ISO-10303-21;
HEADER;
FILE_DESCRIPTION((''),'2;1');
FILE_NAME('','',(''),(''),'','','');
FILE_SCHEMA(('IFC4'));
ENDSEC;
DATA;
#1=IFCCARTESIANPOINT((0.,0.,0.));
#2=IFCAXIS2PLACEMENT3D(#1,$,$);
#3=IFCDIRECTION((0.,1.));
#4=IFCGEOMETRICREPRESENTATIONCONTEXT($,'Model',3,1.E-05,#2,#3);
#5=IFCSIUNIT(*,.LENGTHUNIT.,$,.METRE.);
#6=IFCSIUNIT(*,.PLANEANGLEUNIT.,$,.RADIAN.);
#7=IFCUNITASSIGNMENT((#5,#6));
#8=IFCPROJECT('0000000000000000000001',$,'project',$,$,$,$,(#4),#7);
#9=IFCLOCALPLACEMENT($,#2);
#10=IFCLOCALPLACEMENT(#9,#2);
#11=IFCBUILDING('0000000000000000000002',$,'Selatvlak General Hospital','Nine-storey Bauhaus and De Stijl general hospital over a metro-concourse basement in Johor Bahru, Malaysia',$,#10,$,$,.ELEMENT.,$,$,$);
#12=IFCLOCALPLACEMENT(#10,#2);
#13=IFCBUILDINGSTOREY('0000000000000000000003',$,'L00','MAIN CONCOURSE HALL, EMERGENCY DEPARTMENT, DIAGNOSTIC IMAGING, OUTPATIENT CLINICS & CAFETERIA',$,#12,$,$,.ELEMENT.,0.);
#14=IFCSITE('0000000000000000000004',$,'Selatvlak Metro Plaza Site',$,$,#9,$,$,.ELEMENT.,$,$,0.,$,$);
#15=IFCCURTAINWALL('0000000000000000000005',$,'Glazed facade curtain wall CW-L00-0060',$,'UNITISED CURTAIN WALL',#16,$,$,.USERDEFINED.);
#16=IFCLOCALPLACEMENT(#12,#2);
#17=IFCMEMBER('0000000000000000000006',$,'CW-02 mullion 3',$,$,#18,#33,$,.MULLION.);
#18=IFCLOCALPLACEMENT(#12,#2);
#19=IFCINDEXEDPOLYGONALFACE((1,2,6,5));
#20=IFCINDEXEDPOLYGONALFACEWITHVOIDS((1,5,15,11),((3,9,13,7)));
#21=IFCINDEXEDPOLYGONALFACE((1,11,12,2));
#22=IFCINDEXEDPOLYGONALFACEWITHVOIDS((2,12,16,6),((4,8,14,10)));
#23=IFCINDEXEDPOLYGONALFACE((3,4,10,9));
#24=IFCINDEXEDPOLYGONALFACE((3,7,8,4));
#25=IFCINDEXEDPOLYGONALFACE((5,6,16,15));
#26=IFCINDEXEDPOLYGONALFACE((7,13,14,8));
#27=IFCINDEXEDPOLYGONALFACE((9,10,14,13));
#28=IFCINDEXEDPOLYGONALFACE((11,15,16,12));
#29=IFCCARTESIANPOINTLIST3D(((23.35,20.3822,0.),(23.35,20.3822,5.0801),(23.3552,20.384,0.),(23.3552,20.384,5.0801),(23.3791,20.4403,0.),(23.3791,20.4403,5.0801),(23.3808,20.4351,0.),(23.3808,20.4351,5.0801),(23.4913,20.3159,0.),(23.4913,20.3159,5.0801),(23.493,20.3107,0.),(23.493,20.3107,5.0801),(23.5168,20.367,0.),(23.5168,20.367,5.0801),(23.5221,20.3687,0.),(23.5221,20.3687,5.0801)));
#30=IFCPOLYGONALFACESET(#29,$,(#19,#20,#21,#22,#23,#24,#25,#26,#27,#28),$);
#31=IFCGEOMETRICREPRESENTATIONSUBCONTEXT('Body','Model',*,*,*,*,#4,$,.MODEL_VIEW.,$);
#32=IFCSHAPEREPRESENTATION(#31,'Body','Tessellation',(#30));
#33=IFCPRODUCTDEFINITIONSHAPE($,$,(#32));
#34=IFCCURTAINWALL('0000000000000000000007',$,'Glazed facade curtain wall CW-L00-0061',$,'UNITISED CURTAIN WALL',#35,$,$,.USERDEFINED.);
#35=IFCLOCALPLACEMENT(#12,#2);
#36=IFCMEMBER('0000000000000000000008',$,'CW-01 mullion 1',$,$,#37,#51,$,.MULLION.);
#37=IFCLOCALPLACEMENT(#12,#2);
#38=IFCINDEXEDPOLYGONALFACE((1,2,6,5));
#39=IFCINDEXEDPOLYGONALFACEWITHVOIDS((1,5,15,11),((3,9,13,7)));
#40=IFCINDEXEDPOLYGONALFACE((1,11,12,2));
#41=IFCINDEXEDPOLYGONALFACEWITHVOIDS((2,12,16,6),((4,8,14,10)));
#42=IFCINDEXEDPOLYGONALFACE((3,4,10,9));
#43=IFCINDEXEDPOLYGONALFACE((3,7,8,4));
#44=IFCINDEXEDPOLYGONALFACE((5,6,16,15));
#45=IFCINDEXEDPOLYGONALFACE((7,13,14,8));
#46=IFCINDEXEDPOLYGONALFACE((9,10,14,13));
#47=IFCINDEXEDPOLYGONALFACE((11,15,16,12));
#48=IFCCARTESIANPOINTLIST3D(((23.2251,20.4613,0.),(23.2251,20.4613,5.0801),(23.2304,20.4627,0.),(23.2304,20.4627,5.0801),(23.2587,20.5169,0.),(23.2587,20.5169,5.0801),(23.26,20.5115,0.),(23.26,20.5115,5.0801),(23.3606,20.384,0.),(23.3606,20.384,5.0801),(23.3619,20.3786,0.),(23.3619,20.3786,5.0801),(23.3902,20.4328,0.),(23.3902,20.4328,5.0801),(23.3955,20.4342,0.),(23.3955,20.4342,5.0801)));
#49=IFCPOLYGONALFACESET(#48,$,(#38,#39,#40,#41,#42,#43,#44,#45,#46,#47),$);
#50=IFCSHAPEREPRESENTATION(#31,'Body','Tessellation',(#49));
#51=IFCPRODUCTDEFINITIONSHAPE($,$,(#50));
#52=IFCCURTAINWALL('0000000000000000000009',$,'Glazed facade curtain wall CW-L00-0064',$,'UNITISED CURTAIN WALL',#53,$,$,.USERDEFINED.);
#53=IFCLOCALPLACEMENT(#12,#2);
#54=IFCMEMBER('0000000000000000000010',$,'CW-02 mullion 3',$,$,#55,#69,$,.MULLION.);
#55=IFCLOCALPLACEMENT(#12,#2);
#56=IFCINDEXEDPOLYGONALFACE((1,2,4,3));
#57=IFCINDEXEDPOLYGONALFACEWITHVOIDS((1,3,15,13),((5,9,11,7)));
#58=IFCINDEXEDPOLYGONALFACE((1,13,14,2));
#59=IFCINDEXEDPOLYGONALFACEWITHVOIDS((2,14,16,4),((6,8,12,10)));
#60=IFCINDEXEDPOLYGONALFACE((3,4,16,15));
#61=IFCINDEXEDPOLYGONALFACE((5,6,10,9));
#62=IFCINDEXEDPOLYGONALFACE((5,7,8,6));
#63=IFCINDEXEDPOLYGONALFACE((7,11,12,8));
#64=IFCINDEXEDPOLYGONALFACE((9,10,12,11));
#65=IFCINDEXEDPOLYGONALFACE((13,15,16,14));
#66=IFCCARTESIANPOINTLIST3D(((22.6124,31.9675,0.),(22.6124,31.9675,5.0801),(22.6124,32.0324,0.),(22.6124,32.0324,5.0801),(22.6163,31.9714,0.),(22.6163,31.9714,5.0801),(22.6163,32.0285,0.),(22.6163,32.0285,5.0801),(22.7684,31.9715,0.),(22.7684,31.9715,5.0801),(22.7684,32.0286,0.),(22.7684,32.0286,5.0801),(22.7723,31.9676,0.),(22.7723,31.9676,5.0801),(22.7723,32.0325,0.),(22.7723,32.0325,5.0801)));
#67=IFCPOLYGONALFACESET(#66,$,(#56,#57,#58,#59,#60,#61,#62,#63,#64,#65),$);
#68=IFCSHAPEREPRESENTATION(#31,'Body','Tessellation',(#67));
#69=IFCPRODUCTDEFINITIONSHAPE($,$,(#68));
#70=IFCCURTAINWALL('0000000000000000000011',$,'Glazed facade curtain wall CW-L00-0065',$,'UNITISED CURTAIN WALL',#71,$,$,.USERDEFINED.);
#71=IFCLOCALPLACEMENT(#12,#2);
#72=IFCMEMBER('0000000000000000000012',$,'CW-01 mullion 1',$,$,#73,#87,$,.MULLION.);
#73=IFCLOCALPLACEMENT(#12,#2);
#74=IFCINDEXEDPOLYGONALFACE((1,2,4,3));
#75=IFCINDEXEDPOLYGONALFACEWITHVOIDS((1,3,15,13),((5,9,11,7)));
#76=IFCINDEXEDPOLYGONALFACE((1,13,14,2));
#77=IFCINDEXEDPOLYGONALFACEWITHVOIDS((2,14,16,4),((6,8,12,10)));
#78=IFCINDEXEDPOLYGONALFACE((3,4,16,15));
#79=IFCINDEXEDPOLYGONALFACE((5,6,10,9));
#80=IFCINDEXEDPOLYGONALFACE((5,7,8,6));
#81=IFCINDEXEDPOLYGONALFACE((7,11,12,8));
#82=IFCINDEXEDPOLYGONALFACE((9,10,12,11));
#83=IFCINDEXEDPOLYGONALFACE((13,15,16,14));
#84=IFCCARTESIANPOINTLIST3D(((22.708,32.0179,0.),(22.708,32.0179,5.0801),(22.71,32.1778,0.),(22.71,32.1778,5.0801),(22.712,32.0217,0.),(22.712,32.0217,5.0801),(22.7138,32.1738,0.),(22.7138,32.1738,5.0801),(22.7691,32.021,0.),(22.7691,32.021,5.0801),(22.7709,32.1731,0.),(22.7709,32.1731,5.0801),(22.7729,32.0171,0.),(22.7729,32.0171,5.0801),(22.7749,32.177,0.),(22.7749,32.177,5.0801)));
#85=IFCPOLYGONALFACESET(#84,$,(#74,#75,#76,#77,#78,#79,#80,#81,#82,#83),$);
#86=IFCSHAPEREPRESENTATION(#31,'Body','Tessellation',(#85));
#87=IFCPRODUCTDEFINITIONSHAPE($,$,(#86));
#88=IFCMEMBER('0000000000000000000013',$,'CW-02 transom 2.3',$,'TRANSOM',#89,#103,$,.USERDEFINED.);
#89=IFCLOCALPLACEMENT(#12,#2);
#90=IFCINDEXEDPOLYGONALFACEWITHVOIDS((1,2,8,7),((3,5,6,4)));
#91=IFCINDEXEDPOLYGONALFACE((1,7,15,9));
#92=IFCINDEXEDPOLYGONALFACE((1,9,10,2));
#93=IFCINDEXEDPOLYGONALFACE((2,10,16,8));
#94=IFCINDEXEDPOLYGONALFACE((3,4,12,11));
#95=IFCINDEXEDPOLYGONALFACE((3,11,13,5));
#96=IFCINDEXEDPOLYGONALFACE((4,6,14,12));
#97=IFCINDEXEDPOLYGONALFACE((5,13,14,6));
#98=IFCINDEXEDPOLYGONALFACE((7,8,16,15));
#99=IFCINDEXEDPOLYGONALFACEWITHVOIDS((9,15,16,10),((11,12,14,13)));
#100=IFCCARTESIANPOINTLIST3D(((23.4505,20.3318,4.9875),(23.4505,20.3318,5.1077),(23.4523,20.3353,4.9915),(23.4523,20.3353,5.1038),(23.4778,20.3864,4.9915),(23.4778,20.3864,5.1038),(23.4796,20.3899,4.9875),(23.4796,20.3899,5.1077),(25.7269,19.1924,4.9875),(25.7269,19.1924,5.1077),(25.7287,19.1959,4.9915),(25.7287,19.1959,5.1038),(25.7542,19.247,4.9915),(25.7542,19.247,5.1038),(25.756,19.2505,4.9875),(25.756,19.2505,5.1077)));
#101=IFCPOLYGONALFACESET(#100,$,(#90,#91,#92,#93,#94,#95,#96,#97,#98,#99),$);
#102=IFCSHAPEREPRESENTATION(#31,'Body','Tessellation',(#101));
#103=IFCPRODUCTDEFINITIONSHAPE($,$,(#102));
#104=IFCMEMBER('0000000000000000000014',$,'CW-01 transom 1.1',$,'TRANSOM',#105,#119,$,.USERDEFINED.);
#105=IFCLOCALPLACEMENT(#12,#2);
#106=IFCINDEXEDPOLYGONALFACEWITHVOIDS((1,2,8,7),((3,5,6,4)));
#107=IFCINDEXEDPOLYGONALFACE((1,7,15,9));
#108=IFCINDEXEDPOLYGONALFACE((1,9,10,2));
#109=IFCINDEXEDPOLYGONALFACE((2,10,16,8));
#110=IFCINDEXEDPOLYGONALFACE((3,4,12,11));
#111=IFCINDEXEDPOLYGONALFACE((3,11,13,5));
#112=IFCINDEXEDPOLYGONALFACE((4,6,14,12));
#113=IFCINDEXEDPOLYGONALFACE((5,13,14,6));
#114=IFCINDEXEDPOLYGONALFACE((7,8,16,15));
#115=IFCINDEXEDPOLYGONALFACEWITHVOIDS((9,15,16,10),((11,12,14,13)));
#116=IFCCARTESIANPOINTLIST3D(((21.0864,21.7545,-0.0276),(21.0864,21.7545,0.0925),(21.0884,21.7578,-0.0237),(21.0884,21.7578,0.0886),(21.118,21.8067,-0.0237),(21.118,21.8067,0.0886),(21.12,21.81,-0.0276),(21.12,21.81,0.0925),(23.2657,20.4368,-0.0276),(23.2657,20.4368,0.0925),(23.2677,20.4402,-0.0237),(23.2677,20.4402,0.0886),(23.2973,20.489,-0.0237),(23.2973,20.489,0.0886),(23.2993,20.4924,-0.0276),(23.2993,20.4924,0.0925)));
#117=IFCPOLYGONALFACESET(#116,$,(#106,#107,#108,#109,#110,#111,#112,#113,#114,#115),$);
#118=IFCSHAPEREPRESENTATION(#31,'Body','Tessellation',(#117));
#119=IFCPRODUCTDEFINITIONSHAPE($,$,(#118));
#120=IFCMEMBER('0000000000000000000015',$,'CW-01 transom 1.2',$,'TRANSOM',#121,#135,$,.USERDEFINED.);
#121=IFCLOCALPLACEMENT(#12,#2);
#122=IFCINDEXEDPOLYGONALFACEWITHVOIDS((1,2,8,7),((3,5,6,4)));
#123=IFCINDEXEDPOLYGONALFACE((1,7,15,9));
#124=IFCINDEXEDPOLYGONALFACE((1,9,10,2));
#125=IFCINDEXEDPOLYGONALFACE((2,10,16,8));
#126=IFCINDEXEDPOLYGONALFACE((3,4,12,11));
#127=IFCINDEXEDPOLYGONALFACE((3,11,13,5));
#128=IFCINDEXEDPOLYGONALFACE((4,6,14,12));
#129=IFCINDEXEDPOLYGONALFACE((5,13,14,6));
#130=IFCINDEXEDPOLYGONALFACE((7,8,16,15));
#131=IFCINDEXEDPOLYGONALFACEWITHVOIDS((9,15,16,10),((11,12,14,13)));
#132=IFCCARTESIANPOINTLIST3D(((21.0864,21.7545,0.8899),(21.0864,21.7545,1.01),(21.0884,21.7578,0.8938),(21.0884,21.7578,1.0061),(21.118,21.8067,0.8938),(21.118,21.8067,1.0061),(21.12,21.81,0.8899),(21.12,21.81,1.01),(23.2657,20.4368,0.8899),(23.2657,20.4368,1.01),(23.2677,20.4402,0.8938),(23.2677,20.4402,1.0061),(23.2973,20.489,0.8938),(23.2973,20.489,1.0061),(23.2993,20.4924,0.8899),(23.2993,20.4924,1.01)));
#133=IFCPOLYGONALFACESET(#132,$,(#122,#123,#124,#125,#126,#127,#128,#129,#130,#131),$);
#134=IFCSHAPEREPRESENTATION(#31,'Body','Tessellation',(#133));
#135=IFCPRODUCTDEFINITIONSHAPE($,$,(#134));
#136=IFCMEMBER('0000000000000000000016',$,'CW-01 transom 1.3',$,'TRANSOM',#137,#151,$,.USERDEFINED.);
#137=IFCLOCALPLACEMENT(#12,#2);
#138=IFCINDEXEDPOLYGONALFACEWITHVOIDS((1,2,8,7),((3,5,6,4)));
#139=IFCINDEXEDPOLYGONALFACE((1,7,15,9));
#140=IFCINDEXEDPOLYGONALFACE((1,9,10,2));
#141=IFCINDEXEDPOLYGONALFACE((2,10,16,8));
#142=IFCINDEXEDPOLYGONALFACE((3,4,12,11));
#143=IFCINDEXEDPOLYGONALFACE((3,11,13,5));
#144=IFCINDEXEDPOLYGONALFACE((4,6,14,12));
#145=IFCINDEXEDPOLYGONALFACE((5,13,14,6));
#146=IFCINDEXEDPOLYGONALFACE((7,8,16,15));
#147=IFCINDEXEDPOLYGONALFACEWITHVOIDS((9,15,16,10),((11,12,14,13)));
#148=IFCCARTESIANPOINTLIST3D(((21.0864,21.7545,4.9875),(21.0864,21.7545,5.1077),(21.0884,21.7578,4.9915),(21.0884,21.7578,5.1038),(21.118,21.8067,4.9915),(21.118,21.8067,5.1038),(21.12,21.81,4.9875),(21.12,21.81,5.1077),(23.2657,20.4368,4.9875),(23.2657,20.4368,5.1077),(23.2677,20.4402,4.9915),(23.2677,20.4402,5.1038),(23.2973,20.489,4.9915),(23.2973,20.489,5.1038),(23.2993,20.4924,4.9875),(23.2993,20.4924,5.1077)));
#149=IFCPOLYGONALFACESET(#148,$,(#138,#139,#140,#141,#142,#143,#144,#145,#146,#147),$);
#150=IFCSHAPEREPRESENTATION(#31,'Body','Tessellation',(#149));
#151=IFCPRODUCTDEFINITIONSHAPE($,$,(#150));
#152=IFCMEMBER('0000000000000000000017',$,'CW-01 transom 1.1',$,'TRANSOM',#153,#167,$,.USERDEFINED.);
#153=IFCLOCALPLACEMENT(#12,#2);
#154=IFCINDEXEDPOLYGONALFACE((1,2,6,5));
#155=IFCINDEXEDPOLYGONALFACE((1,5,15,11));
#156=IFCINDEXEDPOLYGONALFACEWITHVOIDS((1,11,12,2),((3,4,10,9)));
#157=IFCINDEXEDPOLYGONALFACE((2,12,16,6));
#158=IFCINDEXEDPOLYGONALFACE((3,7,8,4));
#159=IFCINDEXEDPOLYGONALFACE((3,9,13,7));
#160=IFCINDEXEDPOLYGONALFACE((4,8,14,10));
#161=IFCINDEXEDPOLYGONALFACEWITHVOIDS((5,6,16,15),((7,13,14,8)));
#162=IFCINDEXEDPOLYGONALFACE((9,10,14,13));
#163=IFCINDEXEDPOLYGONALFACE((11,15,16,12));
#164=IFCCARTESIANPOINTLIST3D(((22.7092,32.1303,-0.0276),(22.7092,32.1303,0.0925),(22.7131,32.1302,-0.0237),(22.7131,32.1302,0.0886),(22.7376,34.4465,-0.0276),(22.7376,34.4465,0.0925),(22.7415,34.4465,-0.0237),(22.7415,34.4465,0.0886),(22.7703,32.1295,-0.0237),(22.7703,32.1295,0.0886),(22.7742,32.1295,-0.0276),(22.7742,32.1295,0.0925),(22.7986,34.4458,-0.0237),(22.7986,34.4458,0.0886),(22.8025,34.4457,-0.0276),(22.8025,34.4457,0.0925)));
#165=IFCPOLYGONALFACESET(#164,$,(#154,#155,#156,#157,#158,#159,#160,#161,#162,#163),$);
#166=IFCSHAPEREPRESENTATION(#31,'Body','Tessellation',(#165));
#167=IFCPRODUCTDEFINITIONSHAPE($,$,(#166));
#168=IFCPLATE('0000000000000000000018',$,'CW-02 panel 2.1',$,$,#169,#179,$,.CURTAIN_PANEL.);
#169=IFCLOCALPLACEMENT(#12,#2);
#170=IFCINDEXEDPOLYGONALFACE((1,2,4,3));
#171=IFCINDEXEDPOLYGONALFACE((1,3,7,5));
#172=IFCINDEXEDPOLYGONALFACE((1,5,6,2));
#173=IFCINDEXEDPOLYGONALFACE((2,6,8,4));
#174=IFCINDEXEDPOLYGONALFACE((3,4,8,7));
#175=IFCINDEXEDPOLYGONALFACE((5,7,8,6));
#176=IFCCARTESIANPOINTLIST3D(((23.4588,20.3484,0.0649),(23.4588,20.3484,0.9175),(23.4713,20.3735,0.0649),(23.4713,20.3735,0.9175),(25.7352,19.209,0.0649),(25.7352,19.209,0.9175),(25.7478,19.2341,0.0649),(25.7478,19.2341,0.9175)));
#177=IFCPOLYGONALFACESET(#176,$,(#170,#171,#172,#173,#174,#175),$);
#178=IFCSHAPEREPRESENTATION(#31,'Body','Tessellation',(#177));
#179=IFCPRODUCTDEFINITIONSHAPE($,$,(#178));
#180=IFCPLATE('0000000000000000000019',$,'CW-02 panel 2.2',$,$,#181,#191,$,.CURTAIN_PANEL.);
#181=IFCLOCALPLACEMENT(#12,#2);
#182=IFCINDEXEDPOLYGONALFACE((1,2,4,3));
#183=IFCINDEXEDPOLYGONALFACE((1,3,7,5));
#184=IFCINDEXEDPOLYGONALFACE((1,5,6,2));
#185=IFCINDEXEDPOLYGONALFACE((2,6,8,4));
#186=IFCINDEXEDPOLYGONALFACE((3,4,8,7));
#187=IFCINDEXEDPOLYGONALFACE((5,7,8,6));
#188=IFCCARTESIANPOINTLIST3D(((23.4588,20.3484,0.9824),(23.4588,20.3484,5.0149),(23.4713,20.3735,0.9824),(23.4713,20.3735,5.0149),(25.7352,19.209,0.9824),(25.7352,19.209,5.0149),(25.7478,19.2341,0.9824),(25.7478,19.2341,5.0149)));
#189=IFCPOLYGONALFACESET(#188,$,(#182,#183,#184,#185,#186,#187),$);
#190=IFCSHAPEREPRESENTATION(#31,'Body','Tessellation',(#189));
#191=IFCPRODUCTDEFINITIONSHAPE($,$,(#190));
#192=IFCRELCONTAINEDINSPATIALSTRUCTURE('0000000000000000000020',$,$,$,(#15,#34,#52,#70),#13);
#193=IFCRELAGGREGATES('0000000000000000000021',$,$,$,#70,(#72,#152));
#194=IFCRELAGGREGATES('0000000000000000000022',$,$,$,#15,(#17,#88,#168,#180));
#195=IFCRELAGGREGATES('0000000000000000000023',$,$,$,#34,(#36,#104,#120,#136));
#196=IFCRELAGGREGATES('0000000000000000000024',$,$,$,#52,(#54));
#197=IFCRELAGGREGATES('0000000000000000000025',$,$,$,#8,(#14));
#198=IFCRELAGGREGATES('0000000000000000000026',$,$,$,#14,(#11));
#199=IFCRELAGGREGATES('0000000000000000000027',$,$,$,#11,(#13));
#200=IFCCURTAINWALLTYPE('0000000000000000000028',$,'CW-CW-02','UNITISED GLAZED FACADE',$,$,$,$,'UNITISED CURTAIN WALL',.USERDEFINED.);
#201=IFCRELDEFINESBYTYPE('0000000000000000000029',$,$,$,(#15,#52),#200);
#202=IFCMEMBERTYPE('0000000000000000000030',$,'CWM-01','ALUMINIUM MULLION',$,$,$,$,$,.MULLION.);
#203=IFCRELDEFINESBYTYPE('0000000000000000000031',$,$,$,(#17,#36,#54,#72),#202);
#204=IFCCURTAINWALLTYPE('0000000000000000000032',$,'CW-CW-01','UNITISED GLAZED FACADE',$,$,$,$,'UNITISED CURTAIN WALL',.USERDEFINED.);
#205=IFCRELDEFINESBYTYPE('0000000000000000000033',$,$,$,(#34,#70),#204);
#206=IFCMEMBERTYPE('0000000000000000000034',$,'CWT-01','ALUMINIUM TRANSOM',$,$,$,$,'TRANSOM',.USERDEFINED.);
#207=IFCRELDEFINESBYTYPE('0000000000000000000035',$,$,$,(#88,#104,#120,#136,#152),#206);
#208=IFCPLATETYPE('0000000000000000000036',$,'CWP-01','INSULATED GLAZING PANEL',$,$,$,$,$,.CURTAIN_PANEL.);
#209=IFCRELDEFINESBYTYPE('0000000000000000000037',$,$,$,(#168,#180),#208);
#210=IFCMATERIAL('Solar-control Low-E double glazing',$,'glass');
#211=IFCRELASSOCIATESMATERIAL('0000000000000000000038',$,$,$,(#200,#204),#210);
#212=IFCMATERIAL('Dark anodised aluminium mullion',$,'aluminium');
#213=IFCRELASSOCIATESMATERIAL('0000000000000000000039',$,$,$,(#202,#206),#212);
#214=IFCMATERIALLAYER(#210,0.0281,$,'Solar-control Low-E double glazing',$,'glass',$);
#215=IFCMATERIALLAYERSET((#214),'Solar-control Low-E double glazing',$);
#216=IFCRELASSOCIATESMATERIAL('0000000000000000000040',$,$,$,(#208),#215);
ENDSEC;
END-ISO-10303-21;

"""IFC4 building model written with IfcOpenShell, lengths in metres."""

from ifc_helpers import new_model, si_unit, direction, frame, origin, origin_2d, place, context, subcontext, project, spatial, rectangle, hollow_rectangle, extrude, material, layer, layer_set, material_profile, profile_set, type_object, element, aggregate, save


model = new_model("IFC4")

# Units and contexts
model_context = context("Model", 3, precision=1e-05, world=origin(), true_north=direction((0.0, 1.0)))
body_context = subcontext(model_context, "Body", "Model", "MODEL_VIEW")
ifc_project = project(units=[si_unit("LENGTHUNIT", "METRE"), si_unit("PLANEANGLEUNIT", "RADIAN")], contexts=[model_context])

# Site, building, storey
site_placement = place(None, origin())
site = spatial("IfcSite", under=ifc_project, at=site_placement, Name="Selatvlak Metro Plaza Site", CompositionType="ELEMENT", RefElevation=0.0)
building_placement = place(site_placement, origin())
building = spatial("IfcBuilding", under=site, at=building_placement, Name="Selatvlak General Hospital", Description="Nine-storey Bauhaus and De Stijl general hospital over a metro-concourse basement in Johor Bahru, Malaysia", CompositionType="ELEMENT")
storey_placement = place(building_placement, origin())
storey = spatial("IfcBuildingStorey", under=building, at=storey_placement, Name="L00", Description="MAIN CONCOURSE HALL, EMERGENCY DEPARTMENT, DIAGNOSTIC IMAGING, OUTPATIENT CLINICS & CAFETERIA", CompositionType="ELEMENT", Elevation=0.0)

# Curtain walls, members
ifc_material_1 = material(Name="Solar-control Low-E double glazing", Category="glass")
curtain_wall_type_1 = type_object("IfcCurtainWallType", Name="CW-CW-02", Description="UNITISED GLAZED FACADE", ElementType="UNITISED CURTAIN WALL", PredefinedType="USERDEFINED", material=ifc_material_1)
curtain_wall_1_placement = place(storey_placement, origin())
curtain_wall_1 = element("IfcCurtainWall", 1, at=curtain_wall_1_placement, inside=storey, type_object=curtain_wall_type_1, Name="Glazed facade curtain wall CW-L00-0060", ObjectType="UNITISED CURTAIN WALL", PredefinedType="USERDEFINED")
ifc_material_2 = material(Name="Dark anodised aluminium mullion", Category="aluminium")
ifc_material_profile_1 = material_profile(ifc_material_2, hollow_rectangle(XDim=0.0649, YDim=0.1599, WallThickness=0.0039, at=origin_2d()), Name="AL-MUL 65x160x4")
ifc_profile_set_1 = profile_set([ifc_material_profile_1], Name="Dark anodised aluminium mullion")
member_type_1 = type_object("IfcMemberType", Name="CWM-01", Description="ALUMINIUM MULLION", PredefinedType="MULLION", material=ifc_profile_set_1)
member_1_placement = place(storey_placement, frame((23.436, 20.3755, 0.0), z_axis=(0.0, 0.0, 1.0), x_axis=(-0.447592, -0.894238, 0.0)))
member_1 = element("IfcMember", 2, at=member_1_placement, type_object=member_type_1, Name="CW-02 mullion 3", PredefinedType="MULLION", context=body_context, shape_type="SweptSolid", body=[
    extrude(hollow_rectangle(XDim=0.0649, YDim=0.1599, WallThickness=0.0039, at=origin_2d()), origin(), (0.0, 0.0, 1.0), 5.0801),
])
curtain_wall_type_2 = type_object("IfcCurtainWallType", Name="CW-CW-01", Description="UNITISED GLAZED FACADE", ElementType="UNITISED CURTAIN WALL", PredefinedType="USERDEFINED", material=ifc_material_1)
curtain_wall_2_placement = place(storey_placement, origin())
curtain_wall_2 = element("IfcCurtainWall", 3, at=curtain_wall_2_placement, inside=storey, type_object=curtain_wall_type_2, Name="Glazed facade curtain wall CW-L00-0061", ObjectType="UNITISED CURTAIN WALL", PredefinedType="USERDEFINED")
member_2_placement = place(storey_placement, frame((23.3103, 20.4478, 0.0), z_axis=(0.0, 0.0, 1.0), x_axis=(-0.517413, -0.855736, 0.0)))
member_2 = element("IfcMember", 4, at=member_2_placement, type_object=member_type_1, Name="CW-01 mullion 1", PredefinedType="MULLION", context=body_context, shape_type="SweptSolid", body=[
    extrude(hollow_rectangle(XDim=0.0649, YDim=0.1599, WallThickness=0.0039, at=origin_2d()), origin(), (0.0, 0.0, 1.0), 5.0801),
])
curtain_wall_3_placement = place(storey_placement, origin())
curtain_wall_3 = element("IfcCurtainWall", 5, at=curtain_wall_3_placement, inside=storey, type_object=curtain_wall_type_1, Name="Glazed facade curtain wall CW-L00-0064", ObjectType="UNITISED CURTAIN WALL", PredefinedType="USERDEFINED")
member_3_placement = place(storey_placement, frame((22.6924, 32.0, 0.0), z_axis=(0.0, 0.0, 1.0), x_axis=(-0.000295, 1.0, 0.0)))
member_3 = element("IfcMember", 6, at=member_3_placement, type_object=member_type_1, Name="CW-02 mullion 3", PredefinedType="MULLION", context=body_context, shape_type="SweptSolid", body=[
    extrude(hollow_rectangle(XDim=0.0649, YDim=0.1599, WallThickness=0.0039, at=origin_2d()), origin(), (0.0, 0.0, 1.0), 5.0801),
])
curtain_wall_4_placement = place(storey_placement, origin())
curtain_wall_4 = element("IfcCurtainWall", 7, at=curtain_wall_4_placement, inside=storey, type_object=curtain_wall_type_2, Name="Glazed facade curtain wall CW-L00-0065", ObjectType="UNITISED CURTAIN WALL", PredefinedType="USERDEFINED")
member_4_placement = place(storey_placement, frame((22.7415, 32.0974, 0.0), z_axis=(0.0, 0.0, 1.0), x_axis=(-0.999925, 0.012222, 0.0)))
member_4 = element("IfcMember", 8, at=member_4_placement, type_object=member_type_1, Name="CW-01 mullion 1", PredefinedType="MULLION", context=body_context, shape_type="SweptSolid", body=[
    extrude(hollow_rectangle(XDim=0.0649, YDim=0.1599, WallThickness=0.0039, at=origin_2d()), origin(), (0.0, 0.0, 1.0), 5.0801),
])

# Members
ifc_material_profile_2 = material_profile(ifc_material_2, hollow_rectangle(XDim=0.0649, YDim=0.1201, WallThickness=0.0039, at=origin_2d()), Name="AL-TRN 65x120x4")
ifc_profile_set_2 = profile_set([ifc_material_profile_2], Name="Dark anodised aluminium mullion")
member_type_2 = type_object("IfcMemberType", Name="CWT-01", Description="ALUMINIUM TRANSOM", ElementType="TRANSOM", PredefinedType="USERDEFINED", material=ifc_profile_set_2)
member_5_placement = place(storey_placement, frame((25.7415, 19.2214, 5.0476), z_axis=(-0.894235, 0.447597, 0.0), x_axis=(-0.447597, -0.894235, 0.0)))
member_5 = element("IfcMember", 9, at=member_5_placement, type_object=member_type_2, Name="CW-02 transom 2.3", ObjectType="TRANSOM", PredefinedType="USERDEFINED", context=body_context, shape_type="SweptSolid", body=[
    extrude(hollow_rectangle(XDim=0.0649, YDim=0.1201, WallThickness=0.0039, at=origin_2d()), origin(), (0.0, 0.0, 1.0), 2.5457),
])
member_6_placement = place(storey_placement, frame((23.2825, 20.4646, 0.0325), z_axis=(-0.855737, 0.517411, 0.0), x_axis=(-0.517411, -0.855737, 0.0)))
member_6 = element("IfcMember", 10, at=member_6_placement, type_object=member_type_2, Name="CW-01 transom 1.1", ObjectType="TRANSOM", PredefinedType="USERDEFINED", context=body_context, shape_type="SweptSolid", body=[
    extrude(hollow_rectangle(XDim=0.0649, YDim=0.1201, WallThickness=0.0039, at=origin_2d()), origin(), (0.0, 0.0, 1.0), 2.5466),
])
member_7_placement = place(storey_placement, frame((23.2825, 20.4646, 0.95), z_axis=(-0.855737, 0.517411, 0.0), x_axis=(-0.517411, -0.855737, 0.0)))
member_7 = element("IfcMember", 11, at=member_7_placement, type_object=member_type_2, Name="CW-01 transom 1.2", ObjectType="TRANSOM", PredefinedType="USERDEFINED", context=body_context, shape_type="SweptSolid", body=[
    extrude(hollow_rectangle(XDim=0.0649, YDim=0.1201, WallThickness=0.0039, at=origin_2d()), origin(), (0.0, 0.0, 1.0), 2.5466),
])
member_8_placement = place(storey_placement, frame((23.2825, 20.4646, 5.0476), z_axis=(-0.855737, 0.517411, 0.0), x_axis=(-0.517411, -0.855737, 0.0)))
member_8 = element("IfcMember", 12, at=member_8_placement, type_object=member_type_2, Name="CW-01 transom 1.3", ObjectType="TRANSOM", PredefinedType="USERDEFINED", context=body_context, shape_type="SweptSolid", body=[
    extrude(hollow_rectangle(XDim=0.0649, YDim=0.1201, WallThickness=0.0039, at=origin_2d()), origin(), (0.0, 0.0, 1.0), 2.5466),
])
member_9_placement = place(storey_placement, frame((22.7417, 32.1299, 0.0325), z_axis=(0.012226, 0.999925, 0.0), x_axis=(-0.999925, 0.012226, 0.0)))
member_9 = element("IfcMember", 13, at=member_9_placement, type_object=member_type_2, Name="CW-01 transom 1.1", ObjectType="TRANSOM", PredefinedType="USERDEFINED", context=body_context, shape_type="SweptSolid", body=[
    extrude(hollow_rectangle(XDim=0.0649, YDim=0.1201, WallThickness=0.0039, at=origin_2d()), origin(), (0.0, 0.0, 1.0), 2.3164),
])
aggregate(curtain_wall_4, [member_4, member_9])

# Plates
ifc_layer_1 = layer(ifc_material_1, 0.0281, Name="Solar-control Low-E double glazing", Category="glass")
ifc_layer_set_1 = layer_set([ifc_layer_1], Name="Solar-control Low-E double glazing")
plate_type = type_object("IfcPlateType", Name="CWP-01", Description="INSULATED GLAZING PANEL", PredefinedType="CURTAIN_PANEL", material=ifc_layer_set_1)
plate_1_placement = place(storey_placement, frame((24.6033, 19.7913, 0.0649), z_axis=(0.0, 0.0, 1.0), x_axis=(-0.894238, 0.447592, 0.0)))
plate_1 = element("IfcPlate", 14, at=plate_1_placement, type_object=plate_type, Name="CW-02 panel 2.1", PredefinedType="CURTAIN_PANEL", context=body_context, shape_type="SweptSolid", body=[
    extrude(rectangle(XDim=2.5457, YDim=0.0281, at=origin_2d()), origin(), (0.0, 0.0, 1.0), 0.8525),
])
plate_2_placement = place(storey_placement, frame((24.6033, 19.7913, 0.9824), z_axis=(0.0, 0.0, 1.0), x_axis=(-0.894238, 0.447592, 0.0)))
plate_2 = element("IfcPlate", 15, at=plate_2_placement, type_object=plate_type, Name="CW-02 panel 2.2", PredefinedType="CURTAIN_PANEL", context=body_context, shape_type="SweptSolid", body=[
    extrude(rectangle(XDim=2.5457, YDim=0.0281, at=origin_2d()), origin(), (0.0, 0.0, 1.0), 4.0325),
])
aggregate(curtain_wall_1, [member_1, member_5, plate_1, plate_2])
aggregate(curtain_wall_2, [member_2, member_6, member_7, member_8])
aggregate(curtain_wall_3, [member_3])

save(model, "model.ifc")
